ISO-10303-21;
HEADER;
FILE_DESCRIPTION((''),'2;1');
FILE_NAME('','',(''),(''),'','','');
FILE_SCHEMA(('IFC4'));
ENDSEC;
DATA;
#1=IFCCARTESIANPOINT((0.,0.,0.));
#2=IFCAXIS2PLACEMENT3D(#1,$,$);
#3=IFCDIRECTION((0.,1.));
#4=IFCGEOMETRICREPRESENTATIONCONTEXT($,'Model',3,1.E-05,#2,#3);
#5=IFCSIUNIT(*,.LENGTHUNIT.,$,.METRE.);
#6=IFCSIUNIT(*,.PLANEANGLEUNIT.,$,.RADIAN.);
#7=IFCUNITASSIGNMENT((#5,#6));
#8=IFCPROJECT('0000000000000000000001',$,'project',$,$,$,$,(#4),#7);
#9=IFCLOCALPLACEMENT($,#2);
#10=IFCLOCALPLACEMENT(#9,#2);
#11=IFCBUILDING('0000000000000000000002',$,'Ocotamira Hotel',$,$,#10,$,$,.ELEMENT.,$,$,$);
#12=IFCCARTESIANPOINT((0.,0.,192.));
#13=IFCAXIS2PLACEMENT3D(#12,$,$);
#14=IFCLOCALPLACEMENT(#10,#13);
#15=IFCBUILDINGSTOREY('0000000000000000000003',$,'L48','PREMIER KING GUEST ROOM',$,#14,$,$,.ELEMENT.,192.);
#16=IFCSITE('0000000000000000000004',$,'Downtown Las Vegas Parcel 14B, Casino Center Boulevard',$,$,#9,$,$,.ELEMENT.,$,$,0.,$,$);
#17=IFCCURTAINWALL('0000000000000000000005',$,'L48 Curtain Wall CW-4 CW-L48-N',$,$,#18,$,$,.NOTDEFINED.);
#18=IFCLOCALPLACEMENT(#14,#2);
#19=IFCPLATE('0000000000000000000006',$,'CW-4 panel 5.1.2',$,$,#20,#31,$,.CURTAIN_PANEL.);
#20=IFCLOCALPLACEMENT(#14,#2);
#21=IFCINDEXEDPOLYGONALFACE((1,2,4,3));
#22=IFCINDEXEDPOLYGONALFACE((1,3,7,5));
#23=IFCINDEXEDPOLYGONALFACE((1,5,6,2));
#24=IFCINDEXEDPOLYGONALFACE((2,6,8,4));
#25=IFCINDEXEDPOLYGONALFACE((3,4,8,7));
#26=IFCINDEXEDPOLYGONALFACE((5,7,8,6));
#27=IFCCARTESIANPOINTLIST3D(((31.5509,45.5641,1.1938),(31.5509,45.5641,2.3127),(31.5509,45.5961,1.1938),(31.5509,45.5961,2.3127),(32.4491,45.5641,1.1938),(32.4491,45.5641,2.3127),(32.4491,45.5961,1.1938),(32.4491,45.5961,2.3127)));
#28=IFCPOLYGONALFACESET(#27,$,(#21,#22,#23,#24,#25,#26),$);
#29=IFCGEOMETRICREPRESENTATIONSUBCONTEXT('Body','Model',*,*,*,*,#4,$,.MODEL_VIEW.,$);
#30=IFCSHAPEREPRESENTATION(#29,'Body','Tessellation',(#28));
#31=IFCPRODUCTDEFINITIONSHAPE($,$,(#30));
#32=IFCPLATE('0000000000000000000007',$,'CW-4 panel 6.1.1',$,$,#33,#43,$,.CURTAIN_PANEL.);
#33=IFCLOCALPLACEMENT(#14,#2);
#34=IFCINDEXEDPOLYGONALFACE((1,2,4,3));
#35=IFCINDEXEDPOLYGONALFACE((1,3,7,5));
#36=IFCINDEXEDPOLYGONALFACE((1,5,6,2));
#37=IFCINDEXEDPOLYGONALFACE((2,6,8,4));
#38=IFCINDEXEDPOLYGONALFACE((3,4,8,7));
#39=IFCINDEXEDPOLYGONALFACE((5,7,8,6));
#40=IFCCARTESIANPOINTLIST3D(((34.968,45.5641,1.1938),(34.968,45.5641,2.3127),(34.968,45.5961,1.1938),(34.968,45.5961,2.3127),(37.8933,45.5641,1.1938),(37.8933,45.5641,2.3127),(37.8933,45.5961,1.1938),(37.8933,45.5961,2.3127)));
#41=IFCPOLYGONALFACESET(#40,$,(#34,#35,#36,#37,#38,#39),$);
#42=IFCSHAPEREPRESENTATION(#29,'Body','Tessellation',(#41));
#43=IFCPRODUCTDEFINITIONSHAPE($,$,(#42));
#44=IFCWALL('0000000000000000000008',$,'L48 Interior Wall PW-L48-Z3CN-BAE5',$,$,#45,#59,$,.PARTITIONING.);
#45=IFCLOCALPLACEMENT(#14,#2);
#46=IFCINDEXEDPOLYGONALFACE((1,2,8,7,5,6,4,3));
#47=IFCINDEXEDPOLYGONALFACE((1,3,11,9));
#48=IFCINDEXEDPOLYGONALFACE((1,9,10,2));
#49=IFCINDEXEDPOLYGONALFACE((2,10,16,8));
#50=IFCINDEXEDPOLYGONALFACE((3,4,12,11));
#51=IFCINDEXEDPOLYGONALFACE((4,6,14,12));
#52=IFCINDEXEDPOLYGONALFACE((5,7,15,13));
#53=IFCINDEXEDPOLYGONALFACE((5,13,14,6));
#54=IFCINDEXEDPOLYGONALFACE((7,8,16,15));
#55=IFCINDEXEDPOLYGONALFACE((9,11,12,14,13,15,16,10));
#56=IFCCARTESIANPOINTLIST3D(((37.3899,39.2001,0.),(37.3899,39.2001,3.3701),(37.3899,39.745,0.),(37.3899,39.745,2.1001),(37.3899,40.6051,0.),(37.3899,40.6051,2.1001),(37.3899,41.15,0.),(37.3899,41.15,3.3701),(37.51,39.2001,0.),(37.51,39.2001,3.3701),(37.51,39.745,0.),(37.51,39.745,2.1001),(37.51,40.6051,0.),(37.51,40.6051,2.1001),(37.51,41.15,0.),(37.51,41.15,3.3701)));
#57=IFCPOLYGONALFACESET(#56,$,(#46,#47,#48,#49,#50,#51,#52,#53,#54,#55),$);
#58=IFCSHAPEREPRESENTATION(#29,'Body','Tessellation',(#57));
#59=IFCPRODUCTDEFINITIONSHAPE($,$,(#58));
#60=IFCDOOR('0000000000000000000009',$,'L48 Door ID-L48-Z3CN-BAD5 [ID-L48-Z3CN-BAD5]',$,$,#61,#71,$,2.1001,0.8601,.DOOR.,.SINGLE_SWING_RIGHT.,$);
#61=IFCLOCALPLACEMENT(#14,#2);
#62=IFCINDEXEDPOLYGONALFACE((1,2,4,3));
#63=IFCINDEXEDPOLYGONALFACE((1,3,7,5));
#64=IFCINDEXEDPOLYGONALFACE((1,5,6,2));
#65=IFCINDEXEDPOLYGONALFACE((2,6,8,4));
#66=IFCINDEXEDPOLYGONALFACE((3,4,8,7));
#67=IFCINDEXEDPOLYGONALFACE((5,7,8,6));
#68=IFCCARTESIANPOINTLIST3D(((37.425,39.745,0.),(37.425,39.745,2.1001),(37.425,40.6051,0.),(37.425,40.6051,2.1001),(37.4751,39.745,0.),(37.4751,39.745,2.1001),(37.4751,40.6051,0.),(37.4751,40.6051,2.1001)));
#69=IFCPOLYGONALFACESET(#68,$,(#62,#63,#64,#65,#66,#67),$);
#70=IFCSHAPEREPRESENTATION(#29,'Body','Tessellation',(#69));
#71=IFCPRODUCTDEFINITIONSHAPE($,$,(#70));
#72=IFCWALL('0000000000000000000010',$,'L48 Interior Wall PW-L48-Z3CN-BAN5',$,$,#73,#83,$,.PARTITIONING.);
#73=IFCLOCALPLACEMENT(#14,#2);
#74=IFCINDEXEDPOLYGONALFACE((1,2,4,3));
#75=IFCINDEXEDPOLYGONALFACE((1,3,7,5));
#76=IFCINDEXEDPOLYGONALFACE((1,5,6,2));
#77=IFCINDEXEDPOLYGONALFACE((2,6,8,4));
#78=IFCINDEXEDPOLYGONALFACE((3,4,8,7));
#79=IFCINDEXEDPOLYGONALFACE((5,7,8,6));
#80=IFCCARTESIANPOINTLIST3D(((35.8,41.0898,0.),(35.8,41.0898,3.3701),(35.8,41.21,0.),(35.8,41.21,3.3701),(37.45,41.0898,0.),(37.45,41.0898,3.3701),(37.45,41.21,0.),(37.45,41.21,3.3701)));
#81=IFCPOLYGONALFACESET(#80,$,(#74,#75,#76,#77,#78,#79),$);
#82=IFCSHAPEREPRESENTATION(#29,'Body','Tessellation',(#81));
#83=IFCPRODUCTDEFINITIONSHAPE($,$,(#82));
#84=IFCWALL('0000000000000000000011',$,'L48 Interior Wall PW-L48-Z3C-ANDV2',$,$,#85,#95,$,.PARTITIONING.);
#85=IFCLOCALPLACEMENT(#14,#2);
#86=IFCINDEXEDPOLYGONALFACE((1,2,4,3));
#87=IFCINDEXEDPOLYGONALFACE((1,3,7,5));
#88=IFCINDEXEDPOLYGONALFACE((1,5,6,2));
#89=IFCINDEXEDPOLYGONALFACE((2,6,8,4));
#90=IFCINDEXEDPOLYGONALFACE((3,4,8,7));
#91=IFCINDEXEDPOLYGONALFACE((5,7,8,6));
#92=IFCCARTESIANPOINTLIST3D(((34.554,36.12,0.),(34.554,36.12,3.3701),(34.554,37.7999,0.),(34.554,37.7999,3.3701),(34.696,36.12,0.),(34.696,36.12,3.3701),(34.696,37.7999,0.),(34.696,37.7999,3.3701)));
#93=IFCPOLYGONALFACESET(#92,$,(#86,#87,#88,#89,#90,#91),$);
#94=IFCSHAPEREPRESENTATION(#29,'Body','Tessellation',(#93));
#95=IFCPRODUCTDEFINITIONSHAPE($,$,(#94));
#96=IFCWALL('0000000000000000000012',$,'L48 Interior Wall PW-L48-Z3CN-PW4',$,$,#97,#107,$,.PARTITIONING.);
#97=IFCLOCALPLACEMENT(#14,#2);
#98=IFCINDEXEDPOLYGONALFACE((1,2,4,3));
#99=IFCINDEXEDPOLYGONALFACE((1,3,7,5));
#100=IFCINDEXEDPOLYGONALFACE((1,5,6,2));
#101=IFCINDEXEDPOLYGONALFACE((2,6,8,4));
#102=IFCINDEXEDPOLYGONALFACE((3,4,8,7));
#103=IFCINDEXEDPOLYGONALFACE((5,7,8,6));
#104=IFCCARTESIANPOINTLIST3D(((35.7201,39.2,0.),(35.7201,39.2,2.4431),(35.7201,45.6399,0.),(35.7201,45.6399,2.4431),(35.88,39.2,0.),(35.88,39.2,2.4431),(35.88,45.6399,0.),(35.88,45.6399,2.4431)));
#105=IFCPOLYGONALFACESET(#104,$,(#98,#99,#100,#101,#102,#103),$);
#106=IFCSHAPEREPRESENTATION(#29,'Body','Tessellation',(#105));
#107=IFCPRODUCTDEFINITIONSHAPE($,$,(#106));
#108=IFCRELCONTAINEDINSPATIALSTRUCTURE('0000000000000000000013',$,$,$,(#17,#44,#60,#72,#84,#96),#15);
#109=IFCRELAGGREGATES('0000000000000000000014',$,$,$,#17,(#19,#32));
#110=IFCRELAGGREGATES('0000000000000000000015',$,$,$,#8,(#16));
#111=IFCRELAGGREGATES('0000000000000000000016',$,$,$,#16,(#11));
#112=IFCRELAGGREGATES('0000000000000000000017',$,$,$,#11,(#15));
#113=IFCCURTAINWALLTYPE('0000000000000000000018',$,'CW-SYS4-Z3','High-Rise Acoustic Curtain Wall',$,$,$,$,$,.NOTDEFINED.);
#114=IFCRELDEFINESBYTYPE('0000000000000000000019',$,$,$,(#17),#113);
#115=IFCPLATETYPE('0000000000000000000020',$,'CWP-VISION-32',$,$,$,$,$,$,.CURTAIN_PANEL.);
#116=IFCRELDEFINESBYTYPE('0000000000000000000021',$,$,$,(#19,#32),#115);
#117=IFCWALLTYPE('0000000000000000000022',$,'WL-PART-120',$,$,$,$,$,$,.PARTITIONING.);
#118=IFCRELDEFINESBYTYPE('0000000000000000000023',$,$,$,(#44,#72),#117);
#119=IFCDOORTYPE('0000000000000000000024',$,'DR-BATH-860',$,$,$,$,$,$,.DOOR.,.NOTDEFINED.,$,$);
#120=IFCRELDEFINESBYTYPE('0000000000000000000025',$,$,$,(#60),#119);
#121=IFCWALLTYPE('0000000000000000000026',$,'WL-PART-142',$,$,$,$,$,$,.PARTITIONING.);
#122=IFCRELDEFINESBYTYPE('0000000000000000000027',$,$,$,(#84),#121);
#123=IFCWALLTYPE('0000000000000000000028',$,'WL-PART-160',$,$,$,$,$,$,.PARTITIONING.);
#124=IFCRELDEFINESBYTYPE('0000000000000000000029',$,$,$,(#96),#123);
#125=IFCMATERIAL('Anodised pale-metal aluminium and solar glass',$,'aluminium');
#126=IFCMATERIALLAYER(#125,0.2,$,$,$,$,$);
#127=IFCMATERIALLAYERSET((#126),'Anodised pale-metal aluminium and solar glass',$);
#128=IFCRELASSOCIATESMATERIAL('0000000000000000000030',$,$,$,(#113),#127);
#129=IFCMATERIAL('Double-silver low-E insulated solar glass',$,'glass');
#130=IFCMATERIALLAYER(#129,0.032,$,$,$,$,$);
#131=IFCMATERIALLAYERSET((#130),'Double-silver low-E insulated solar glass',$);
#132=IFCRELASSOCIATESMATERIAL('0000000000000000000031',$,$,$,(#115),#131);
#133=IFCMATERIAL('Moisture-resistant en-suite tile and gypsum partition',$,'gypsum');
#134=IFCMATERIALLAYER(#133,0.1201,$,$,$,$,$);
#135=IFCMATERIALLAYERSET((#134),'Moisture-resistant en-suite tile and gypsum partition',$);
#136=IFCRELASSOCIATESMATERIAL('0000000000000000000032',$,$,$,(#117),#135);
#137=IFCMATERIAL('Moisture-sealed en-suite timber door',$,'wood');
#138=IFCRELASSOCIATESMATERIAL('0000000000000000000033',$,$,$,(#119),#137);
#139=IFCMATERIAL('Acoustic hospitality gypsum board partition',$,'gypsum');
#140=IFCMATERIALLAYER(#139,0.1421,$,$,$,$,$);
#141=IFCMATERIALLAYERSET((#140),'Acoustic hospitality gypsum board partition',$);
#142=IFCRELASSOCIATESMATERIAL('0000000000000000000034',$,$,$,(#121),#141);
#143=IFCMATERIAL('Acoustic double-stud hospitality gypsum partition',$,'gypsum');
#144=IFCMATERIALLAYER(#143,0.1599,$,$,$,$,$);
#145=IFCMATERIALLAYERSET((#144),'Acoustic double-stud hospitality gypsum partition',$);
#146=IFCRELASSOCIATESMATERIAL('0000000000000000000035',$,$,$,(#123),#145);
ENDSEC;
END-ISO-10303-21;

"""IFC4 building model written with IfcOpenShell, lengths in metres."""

from ifc_helpers import new_model, si_unit, direction, frame, frame_2d, origin, origin_2d, place, context, subcontext, project, spatial, rectangle, extrude, source, transform, mapped, material, layer, layer_set, type_object, element, fill, aggregate, save


model = new_model("IFC4")

# Units and contexts
model_context = context("Model", 3, precision=1e-05, world=origin(), true_north=direction((0.0, 1.0)))
body_context = subcontext(model_context, "Body", "Model", "MODEL_VIEW")
ifc_project = project(units=[si_unit("LENGTHUNIT", "METRE"), si_unit("PLANEANGLEUNIT", "RADIAN")], contexts=[model_context])

# Site, building, storey
site_placement = place(None, origin())
site = spatial("IfcSite", under=ifc_project, at=site_placement, Name="Downtown Las Vegas Parcel 14B, Casino Center Boulevard", CompositionType="ELEMENT", RefElevation=0.0)
building_placement = place(site_placement, origin())
building = spatial("IfcBuilding", under=site, at=building_placement, Name="Ocotamira Hotel", CompositionType="ELEMENT")
storey_placement = place(building_placement, frame((0.0, 0.0, 192.0)))
storey = spatial("IfcBuildingStorey", under=building, at=storey_placement, Name="L48", Description="PREMIER KING GUEST ROOM", CompositionType="ELEMENT", Elevation=192.0)

# Curtain wall
ifc_material_1 = material(Name="Anodised pale-metal aluminium and solar glass", Category="aluminium")
ifc_layer_1 = layer(ifc_material_1, 0.2)
ifc_layer_set_1 = layer_set([ifc_layer_1], Name="Anodised pale-metal aluminium and solar glass")
curtain_wall_type = type_object("IfcCurtainWallType", Name="CW-SYS4-Z3", Description="High-Rise Acoustic Curtain Wall", PredefinedType="NOTDEFINED", material=ifc_layer_set_1)
curtain_wall_placement = place(storey_placement, origin())
curtain_wall = element("IfcCurtainWall", 1, at=curtain_wall_placement, inside=storey, type_object=curtain_wall_type, Name="L48 Curtain Wall CW-4 CW-L48-N", PredefinedType="NOTDEFINED")

# Plates
ifc_material_2 = material(Name="Double-silver low-E insulated solar glass", Category="glass")
ifc_layer_2 = layer(ifc_material_2, 0.032)
ifc_layer_set_2 = layer_set([ifc_layer_2], Name="Double-silver low-E insulated solar glass")
plate_type_1 = type_object("IfcPlateType", Name="CWP-VISION-32", PredefinedType="CURTAIN_PANEL", material=ifc_layer_set_2)
shared_shape_1 = source(origin(), body_context, "Body", "SweptSolid", [
    extrude(rectangle(XDim=0.8982, YDim=0.032, at=origin_2d()), origin(), (0.0, 0.0, 1.0), 1.1189),
])
plate_1_placement = place(storey_placement, frame((32.0, 45.5801, 1.1938), z_axis=(0.0, 0.0, 1.0), x_axis=(1.0, 0.0, 0.0)))
plate_1 = element("IfcPlate", 2, at=plate_1_placement, type_object=plate_type_1, Name="CW-4 panel 5.1.2", PredefinedType="CURTAIN_PANEL", context=body_context, shape_type="MappedRepresentation", body=[
    mapped(shared_shape_1, transform((0.0, 0.0, 0.0), scale=1.0)),
])
shared_shape_2 = source(origin(), body_context, "Body", "SweptSolid", [
    extrude(rectangle(XDim=2.9253, YDim=0.032, at=origin_2d()), origin(), (0.0, 0.0, 1.0), 1.1189),
])
plate_2_placement = place(storey_placement, frame((36.4307, 45.5801, 1.1938), z_axis=(0.0, 0.0, 1.0), x_axis=(1.0, 0.0, 0.0)))
plate_2 = element("IfcPlate", 3, at=plate_2_placement, type_object=plate_type_1, Name="CW-4 panel 6.1.1", PredefinedType="CURTAIN_PANEL", context=body_context, shape_type="MappedRepresentation", body=[
    mapped(shared_shape_2, transform((0.0, 0.0, 0.0), scale=1.0)),
])
aggregate(curtain_wall, [plate_1, plate_2])

# Wall, opening, door
ifc_material_3 = material(Name="Moisture-resistant en-suite tile and gypsum partition", Category="gypsum")
ifc_layer_3 = layer(ifc_material_3, 0.1201)
ifc_layer_set_3 = layer_set([ifc_layer_3], Name="Moisture-resistant en-suite tile and gypsum partition")
wall_type_1 = type_object("IfcWallType", Name="WL-PART-120", PredefinedType="PARTITIONING", material=ifc_layer_set_3)
wall_1_placement = place(storey_placement, frame((37.45, 39.2, 0.0), z_axis=(0.0, 0.0, 1.0), x_axis=(0.0, 1.0, 0.0)))
wall_1 = element("IfcWall", 4, at=wall_1_placement, inside=storey, type_object=wall_type_1, Name="L48 Interior Wall PW-L48-Z3CN-BAE5", PredefinedType="PARTITIONING", context=body_context, shape_type="SweptSolid", body=[
    extrude(rectangle(XDim=1.95, YDim=0.1201, at=frame_2d((0.9751, 0.0))), origin(), (0.0, 0.0, 1.0), 3.3701),
])
opening_placement = place(wall_1_placement, frame((0.5449, 0.0, 0.0)))
opening = element("IfcOpeningElement", 5, at=opening_placement, cuts=wall_1, PredefinedType="OPENING", context=body_context, shape_type="SweptSolid", body=[
    extrude(rectangle(XDim=0.8601, YDim=2.1001, at=frame_2d((0.4302, 1.05))), frame((0.0, 0.0701, 0.0), z_axis=(0.0, -1.0, 0.0), x_axis=(1.0, 0.0, 0.0)), (0.0, 0.0, 1.0), 0.1401),
])
ifc_material_4 = material(Name="Moisture-sealed en-suite timber door", Category="wood")
door_type = type_object("IfcDoorType", Name="DR-BATH-860", OperationType="NOTDEFINED", PredefinedType="DOOR", material=ifc_material_4)
shared_shape_3 = source(origin(), body_context, "Body", "SweptSolid", [
    extrude(rectangle(XDim=0.8601, YDim=2.1001, at=frame_2d((0.4302, 1.05))), frame((0.0, 0.0249, 0.0), z_axis=(0.0, -1.0, 0.0), x_axis=(1.0, 0.0, 0.0)), (0.0, 0.0, 1.0), 0.05),
])
door_placement = place(opening_placement, origin())
door = element("IfcDoor", 6, at=door_placement, inside=storey, type_object=door_type, Name="L48 Door ID-L48-Z3CN-BAD5 [ID-L48-Z3CN-BAD5]", OperationType="SINGLE_SWING_RIGHT", OverallHeight=2.1001, OverallWidth=0.8601, PredefinedType="DOOR", context=body_context, shape_type="MappedRepresentation", body=[
    mapped(shared_shape_3, transform((0.0, 0.0, 0.0), scale=1.0)),
])
fill(opening, door)

# Walls
wall_2_placement = place(storey_placement, frame((35.8, 41.1499, 0.0), z_axis=(0.0, 0.0, 1.0), x_axis=(1.0, 0.0, 0.0)))
element("IfcWall", 7, at=wall_2_placement, inside=storey, type_object=wall_type_1, Name="L48 Interior Wall PW-L48-Z3CN-BAN5", PredefinedType="PARTITIONING", context=body_context, shape_type="SweptSolid", body=[
    extrude(rectangle(XDim=1.6499, YDim=0.1201, at=frame_2d((0.825, 0.0))), origin(), (0.0, 0.0, 1.0), 3.3701),
])
ifc_material_5 = material(Name="Acoustic hospitality gypsum board partition", Category="gypsum")
ifc_layer_4 = layer(ifc_material_5, 0.1421)
ifc_layer_set_4 = layer_set([ifc_layer_4], Name="Acoustic hospitality gypsum board partition")
wall_type_2 = type_object("IfcWallType", Name="WL-PART-142", PredefinedType="PARTITIONING", material=ifc_layer_set_4)
wall_3_placement = place(storey_placement, frame((34.625, 36.1201, 0.0), z_axis=(0.0, 0.0, 1.0), x_axis=(0.0, 1.0, 0.0)))
element("IfcWall", 8, at=wall_3_placement, inside=storey, type_object=wall_type_2, Name="L48 Interior Wall PW-L48-Z3C-ANDV2", PredefinedType="PARTITIONING", context=body_context, shape_type="SweptSolid", body=[
    extrude(rectangle(XDim=1.6799, YDim=0.1421, at=frame_2d((0.8398, 0.0))), origin(), (0.0, 0.0, 1.0), 3.3701),
])
ifc_material_6 = material(Name="Acoustic double-stud hospitality gypsum partition", Category="gypsum")
ifc_layer_5 = layer(ifc_material_6, 0.1599)
ifc_layer_set_5 = layer_set([ifc_layer_5], Name="Acoustic double-stud hospitality gypsum partition")
wall_type_3 = type_object("IfcWallType", Name="WL-PART-160", PredefinedType="PARTITIONING", material=ifc_layer_set_5)
wall_4_placement = place(storey_placement, frame((35.8, 39.2, 0.0), z_axis=(0.0, 0.0, 1.0), x_axis=(0.0, 1.0, 0.0)))
element("IfcWall", 9, at=wall_4_placement, inside=storey, type_object=wall_type_3, Name="L48 Interior Wall PW-L48-Z3CN-PW4", PredefinedType="PARTITIONING", context=body_context, shape_type="SweptSolid", body=[
    extrude(rectangle(XDim=6.4399, YDim=0.1599, at=frame_2d((3.22, 0.0))), origin(), (0.0, 0.0, 1.0), 2.4431),
])

save(model, "model.ifc")
